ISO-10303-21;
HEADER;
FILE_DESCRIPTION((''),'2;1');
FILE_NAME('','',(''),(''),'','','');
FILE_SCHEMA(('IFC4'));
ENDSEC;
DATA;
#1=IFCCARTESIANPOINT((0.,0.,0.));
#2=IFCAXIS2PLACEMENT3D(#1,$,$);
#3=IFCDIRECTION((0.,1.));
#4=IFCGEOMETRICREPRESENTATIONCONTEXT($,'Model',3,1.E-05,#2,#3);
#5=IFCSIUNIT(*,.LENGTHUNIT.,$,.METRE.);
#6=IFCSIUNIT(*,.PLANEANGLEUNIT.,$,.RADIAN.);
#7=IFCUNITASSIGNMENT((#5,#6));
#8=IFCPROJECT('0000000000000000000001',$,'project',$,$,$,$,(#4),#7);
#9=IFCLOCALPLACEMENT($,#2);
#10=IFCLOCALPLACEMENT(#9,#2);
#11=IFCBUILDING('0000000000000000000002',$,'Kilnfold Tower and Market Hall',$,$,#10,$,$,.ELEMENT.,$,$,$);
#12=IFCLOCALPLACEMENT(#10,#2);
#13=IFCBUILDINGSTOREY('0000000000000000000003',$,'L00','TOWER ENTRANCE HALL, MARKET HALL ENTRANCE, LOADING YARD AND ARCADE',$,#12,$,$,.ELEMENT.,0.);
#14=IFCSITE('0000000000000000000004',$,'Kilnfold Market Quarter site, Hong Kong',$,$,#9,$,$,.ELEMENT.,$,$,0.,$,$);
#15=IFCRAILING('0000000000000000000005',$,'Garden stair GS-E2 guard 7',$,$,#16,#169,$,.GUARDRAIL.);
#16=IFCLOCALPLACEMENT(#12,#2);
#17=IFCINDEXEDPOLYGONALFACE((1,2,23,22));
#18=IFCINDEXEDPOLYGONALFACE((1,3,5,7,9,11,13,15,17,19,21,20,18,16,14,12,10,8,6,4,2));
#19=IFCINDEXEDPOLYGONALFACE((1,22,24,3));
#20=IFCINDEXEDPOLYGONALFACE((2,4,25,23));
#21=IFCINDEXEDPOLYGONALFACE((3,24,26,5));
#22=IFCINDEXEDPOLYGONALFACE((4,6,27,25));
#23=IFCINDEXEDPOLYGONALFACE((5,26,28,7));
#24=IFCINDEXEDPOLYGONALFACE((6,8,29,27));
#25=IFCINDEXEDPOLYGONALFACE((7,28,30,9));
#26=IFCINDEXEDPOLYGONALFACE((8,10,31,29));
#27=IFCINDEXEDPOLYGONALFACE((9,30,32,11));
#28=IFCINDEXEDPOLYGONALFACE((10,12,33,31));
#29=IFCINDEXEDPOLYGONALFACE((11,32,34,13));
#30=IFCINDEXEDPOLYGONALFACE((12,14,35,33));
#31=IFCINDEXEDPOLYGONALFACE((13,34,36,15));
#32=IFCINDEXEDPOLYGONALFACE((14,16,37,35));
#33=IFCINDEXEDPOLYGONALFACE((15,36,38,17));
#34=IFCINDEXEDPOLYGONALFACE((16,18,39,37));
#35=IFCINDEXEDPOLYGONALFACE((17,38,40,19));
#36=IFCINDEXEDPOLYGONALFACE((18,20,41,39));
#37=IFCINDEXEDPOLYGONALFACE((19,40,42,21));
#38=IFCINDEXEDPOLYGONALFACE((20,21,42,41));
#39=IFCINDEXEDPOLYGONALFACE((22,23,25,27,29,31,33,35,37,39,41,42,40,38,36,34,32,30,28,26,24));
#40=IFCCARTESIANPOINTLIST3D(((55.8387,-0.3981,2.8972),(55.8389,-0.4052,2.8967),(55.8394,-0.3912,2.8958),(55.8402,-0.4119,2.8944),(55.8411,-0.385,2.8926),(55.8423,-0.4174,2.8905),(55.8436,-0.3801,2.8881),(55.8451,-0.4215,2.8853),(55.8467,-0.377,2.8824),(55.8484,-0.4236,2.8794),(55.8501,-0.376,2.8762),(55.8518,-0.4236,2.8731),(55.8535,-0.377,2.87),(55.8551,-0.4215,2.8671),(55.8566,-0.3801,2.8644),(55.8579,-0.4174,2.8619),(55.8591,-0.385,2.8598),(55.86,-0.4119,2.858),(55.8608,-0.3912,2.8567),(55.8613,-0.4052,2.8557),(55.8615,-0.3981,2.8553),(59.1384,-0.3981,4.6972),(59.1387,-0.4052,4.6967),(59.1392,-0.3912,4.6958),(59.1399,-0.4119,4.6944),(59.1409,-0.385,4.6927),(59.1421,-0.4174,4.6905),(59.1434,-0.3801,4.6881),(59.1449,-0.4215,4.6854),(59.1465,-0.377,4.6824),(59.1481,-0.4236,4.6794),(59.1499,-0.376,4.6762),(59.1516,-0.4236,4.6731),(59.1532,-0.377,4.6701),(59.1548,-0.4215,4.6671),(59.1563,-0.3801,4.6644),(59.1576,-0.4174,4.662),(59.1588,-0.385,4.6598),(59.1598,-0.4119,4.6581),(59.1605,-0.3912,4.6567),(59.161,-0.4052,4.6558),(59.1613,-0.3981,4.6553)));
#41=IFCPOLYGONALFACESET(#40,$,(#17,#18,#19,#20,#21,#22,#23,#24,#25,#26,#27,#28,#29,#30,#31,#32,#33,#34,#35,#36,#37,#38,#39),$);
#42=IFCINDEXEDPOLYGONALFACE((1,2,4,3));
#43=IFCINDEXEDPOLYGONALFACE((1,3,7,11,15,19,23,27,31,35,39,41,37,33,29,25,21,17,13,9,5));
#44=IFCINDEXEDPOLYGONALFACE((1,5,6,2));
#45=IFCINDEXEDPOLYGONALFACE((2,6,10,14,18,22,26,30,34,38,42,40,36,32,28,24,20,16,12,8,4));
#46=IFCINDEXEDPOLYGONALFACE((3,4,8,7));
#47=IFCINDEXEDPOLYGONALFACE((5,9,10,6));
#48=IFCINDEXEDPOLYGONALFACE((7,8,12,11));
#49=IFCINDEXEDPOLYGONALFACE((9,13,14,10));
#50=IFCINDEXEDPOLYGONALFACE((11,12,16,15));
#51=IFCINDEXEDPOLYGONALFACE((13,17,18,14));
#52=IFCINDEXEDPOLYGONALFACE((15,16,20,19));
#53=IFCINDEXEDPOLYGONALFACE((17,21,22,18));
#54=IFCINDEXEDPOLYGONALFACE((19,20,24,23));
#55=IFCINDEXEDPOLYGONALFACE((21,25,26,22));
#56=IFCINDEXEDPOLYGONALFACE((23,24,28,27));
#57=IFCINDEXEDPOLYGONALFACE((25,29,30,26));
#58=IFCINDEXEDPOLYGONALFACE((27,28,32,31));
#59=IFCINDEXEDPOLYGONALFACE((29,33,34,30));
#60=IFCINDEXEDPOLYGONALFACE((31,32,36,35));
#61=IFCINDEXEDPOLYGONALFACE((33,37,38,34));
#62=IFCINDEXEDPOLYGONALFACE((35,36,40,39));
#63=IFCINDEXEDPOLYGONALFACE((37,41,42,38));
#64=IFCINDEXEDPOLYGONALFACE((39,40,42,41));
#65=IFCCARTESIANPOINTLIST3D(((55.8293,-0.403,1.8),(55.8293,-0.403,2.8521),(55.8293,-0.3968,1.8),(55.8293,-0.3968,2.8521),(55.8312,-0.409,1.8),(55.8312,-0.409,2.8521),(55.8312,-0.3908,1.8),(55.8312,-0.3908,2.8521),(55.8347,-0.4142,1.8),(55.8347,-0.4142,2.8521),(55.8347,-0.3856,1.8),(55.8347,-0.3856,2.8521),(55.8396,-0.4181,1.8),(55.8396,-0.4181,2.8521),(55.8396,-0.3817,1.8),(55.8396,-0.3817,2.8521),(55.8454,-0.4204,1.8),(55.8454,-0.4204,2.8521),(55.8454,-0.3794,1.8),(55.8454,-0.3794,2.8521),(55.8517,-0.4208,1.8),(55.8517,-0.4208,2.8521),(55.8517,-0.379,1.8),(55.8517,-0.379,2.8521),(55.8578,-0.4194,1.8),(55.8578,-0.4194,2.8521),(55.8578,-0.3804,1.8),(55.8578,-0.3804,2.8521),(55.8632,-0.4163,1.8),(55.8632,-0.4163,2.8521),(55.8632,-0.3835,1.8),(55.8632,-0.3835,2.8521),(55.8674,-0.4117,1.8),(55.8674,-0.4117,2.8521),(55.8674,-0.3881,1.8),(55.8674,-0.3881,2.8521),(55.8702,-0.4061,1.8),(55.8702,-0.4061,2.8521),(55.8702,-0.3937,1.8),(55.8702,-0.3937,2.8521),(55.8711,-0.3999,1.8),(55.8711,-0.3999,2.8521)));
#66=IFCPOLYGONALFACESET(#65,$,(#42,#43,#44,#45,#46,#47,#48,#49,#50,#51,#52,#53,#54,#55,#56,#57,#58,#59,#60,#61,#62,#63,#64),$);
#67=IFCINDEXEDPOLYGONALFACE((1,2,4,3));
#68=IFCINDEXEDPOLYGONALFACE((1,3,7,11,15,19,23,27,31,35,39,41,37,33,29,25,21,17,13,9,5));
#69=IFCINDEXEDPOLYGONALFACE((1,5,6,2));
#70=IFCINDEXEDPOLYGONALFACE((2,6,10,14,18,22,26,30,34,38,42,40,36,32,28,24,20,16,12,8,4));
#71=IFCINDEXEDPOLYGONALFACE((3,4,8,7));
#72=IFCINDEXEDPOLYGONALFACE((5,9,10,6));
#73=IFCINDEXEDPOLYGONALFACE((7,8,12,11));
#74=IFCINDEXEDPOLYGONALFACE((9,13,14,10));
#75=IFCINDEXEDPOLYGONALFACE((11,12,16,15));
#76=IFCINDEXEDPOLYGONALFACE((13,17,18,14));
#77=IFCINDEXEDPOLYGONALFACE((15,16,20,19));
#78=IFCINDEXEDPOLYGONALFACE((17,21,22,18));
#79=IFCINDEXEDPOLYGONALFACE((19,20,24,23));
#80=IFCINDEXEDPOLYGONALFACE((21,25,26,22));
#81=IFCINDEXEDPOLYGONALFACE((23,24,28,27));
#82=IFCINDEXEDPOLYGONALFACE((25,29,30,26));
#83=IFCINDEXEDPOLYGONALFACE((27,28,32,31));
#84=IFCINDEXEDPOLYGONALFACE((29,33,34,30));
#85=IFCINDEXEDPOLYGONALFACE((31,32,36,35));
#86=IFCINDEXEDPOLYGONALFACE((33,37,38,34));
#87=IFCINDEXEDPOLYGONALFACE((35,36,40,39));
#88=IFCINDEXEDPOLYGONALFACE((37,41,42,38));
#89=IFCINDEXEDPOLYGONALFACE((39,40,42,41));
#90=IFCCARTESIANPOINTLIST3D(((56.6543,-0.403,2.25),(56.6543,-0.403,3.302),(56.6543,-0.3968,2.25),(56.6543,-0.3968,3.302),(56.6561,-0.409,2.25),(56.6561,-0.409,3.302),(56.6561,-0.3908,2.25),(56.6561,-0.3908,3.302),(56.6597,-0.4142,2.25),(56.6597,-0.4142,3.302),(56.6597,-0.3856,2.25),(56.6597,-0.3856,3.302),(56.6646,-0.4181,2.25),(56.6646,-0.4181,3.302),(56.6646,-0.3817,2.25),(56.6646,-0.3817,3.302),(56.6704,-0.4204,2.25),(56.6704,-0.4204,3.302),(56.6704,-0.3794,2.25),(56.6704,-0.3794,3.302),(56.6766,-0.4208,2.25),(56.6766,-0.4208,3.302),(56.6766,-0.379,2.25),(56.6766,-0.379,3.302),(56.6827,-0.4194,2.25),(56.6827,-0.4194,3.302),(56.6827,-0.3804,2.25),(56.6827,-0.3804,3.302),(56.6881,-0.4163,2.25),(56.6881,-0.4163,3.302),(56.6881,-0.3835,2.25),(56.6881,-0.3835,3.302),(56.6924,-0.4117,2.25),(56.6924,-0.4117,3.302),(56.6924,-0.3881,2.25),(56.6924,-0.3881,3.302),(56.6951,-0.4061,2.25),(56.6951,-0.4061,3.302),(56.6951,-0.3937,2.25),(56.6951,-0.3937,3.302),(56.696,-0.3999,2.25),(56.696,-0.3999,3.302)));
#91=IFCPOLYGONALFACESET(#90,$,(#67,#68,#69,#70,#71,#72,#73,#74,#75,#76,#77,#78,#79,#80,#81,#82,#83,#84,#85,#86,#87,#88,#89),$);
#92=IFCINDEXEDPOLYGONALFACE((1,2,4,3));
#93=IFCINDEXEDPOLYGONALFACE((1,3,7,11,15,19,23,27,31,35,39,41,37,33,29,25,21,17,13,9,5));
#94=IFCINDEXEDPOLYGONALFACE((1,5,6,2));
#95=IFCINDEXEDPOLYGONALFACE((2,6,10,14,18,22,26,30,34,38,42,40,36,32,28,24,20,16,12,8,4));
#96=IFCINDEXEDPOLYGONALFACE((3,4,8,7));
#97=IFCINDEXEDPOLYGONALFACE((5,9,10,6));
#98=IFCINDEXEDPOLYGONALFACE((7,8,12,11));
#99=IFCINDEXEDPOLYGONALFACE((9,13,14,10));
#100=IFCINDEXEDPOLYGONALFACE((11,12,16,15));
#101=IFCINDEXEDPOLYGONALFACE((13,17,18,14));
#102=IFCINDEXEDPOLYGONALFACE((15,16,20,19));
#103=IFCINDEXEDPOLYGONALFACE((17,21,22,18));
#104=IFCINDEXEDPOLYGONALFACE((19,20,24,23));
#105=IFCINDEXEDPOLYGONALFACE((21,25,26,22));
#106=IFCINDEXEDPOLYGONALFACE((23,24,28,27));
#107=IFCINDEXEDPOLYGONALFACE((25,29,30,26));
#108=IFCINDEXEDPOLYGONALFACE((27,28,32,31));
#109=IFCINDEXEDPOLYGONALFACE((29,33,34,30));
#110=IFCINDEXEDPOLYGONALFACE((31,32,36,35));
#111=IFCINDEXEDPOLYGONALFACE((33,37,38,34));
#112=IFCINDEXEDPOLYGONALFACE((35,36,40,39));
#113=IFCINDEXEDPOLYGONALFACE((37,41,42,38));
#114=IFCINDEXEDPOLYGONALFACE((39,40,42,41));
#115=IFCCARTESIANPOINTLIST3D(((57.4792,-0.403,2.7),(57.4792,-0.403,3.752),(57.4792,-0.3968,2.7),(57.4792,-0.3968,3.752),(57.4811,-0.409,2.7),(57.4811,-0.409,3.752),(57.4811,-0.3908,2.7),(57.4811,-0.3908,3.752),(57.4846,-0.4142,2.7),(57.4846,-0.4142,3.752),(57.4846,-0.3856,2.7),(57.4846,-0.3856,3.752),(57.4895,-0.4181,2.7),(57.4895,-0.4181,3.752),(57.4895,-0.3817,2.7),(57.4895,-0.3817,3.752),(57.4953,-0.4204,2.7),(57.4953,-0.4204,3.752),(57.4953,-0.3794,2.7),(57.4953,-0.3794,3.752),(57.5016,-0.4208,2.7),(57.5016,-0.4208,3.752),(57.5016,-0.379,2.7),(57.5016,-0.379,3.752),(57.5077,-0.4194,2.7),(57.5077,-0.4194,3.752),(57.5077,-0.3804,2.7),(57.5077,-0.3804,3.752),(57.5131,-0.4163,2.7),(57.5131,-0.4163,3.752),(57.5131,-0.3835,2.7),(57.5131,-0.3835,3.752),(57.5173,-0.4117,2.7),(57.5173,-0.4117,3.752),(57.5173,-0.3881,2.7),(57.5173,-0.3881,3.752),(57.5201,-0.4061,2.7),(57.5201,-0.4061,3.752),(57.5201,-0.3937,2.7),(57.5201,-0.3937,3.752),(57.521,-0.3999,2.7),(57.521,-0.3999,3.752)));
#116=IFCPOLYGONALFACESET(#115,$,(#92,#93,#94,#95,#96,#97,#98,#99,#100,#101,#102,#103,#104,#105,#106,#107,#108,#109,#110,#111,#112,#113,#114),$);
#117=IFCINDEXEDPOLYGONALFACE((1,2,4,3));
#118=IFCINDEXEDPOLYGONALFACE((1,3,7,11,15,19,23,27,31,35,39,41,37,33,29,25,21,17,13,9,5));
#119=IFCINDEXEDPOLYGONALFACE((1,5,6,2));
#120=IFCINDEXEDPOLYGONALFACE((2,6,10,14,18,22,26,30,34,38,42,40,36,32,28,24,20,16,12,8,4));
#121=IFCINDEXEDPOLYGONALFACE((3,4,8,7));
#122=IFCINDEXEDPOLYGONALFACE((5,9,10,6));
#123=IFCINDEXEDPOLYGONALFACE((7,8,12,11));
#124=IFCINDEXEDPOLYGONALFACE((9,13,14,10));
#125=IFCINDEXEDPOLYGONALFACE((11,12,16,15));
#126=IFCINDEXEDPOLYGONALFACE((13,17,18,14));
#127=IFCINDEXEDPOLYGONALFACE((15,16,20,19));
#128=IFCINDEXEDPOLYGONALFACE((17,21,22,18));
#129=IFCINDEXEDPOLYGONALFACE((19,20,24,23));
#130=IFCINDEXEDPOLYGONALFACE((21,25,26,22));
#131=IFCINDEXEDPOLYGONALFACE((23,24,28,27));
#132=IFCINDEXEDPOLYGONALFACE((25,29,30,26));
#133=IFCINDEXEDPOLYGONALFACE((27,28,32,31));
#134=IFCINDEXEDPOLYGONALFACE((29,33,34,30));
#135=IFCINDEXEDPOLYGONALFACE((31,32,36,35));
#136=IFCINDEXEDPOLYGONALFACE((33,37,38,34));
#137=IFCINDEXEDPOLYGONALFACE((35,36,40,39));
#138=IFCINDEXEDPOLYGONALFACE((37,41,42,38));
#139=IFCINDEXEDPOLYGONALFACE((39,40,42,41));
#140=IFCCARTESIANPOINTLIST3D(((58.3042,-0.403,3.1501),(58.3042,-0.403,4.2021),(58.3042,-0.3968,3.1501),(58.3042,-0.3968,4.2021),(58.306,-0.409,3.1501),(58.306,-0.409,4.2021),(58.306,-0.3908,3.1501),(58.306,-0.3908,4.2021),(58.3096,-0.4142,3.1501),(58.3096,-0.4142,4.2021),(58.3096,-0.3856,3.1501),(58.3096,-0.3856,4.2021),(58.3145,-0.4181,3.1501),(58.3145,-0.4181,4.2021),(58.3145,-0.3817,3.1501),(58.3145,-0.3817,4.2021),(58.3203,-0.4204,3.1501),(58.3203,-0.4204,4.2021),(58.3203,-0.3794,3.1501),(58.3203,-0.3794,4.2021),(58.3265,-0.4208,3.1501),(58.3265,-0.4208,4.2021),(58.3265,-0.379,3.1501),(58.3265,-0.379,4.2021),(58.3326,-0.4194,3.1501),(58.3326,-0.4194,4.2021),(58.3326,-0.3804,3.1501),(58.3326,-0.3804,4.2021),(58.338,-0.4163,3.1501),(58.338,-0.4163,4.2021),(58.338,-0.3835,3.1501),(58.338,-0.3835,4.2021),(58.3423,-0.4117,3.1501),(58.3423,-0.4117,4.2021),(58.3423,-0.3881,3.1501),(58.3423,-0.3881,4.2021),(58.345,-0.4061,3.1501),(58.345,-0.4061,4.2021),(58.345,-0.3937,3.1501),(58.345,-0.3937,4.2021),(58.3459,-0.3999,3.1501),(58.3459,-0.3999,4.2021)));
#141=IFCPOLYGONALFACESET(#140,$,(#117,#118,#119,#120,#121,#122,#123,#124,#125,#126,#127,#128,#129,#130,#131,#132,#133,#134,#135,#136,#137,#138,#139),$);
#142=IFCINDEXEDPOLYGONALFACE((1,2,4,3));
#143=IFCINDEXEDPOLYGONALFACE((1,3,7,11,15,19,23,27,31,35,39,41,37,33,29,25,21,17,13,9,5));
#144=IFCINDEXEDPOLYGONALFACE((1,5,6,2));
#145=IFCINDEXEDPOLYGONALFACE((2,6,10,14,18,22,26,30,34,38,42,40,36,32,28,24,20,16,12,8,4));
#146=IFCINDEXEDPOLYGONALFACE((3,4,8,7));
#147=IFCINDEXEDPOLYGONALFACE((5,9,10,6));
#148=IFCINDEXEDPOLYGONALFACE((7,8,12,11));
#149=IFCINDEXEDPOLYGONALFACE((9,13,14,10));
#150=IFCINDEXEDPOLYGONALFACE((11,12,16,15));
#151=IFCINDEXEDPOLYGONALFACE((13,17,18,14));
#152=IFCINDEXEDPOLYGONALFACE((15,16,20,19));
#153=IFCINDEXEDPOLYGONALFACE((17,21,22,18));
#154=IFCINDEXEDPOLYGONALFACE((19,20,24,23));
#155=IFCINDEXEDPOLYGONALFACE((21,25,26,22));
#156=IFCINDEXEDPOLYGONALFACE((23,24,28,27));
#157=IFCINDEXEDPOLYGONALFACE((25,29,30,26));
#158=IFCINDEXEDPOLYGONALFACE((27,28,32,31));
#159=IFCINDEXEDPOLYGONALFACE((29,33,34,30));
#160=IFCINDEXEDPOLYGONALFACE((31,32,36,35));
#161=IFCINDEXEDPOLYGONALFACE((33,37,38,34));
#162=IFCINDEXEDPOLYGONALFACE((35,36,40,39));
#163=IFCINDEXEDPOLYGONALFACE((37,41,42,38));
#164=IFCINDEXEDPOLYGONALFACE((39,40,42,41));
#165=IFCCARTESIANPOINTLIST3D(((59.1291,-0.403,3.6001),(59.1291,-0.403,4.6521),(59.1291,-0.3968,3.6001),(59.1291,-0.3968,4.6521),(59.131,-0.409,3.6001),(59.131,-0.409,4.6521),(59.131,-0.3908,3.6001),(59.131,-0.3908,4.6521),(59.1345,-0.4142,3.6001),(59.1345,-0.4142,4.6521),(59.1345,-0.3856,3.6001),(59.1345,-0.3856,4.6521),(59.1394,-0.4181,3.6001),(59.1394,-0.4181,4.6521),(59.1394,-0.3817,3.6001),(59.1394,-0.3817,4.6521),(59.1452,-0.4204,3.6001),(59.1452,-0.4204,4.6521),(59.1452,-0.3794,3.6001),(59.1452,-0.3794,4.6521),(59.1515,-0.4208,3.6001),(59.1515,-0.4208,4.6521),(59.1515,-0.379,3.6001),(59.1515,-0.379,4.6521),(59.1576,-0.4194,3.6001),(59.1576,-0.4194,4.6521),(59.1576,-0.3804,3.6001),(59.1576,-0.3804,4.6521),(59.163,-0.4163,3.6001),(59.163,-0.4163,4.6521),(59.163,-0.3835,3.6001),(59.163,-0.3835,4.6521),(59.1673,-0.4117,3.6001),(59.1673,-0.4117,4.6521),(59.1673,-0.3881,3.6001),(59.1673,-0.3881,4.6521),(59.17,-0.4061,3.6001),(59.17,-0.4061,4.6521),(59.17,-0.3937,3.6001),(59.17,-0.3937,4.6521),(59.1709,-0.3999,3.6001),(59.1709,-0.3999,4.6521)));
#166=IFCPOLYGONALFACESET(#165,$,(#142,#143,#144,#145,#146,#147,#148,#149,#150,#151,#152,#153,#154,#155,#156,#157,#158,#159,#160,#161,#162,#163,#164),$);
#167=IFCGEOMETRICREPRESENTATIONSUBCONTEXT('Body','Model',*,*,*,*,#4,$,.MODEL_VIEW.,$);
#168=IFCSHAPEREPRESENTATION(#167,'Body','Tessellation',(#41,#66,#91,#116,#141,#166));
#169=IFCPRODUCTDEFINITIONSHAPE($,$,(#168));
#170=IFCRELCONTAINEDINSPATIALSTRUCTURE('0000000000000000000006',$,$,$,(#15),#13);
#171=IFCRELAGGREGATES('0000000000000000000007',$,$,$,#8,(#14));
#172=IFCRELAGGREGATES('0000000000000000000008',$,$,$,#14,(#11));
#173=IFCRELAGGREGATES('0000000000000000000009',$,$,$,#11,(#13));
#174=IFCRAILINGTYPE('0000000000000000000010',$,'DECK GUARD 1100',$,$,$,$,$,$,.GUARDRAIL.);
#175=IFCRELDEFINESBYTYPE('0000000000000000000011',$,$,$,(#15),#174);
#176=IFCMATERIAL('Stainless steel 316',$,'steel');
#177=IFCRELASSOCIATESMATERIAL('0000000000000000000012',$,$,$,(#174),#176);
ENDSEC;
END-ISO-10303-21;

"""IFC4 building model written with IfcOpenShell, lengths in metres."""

from ifc_helpers import new_model, si_unit, direction, frame, origin, origin_2d, place, context, subcontext, project, spatial, circle, extrude, material, type_object, element, save


model = new_model("IFC4")

# Units and contexts
model_context = context("Model", 3, precision=1e-05, world=origin(), true_north=direction((0.0, 1.0)))
body_context = subcontext(model_context, "Body", "Model", "MODEL_VIEW")
ifc_project = project(units=[si_unit("LENGTHUNIT", "METRE"), si_unit("PLANEANGLEUNIT", "RADIAN")], contexts=[model_context])

# Site, building, storey
site_placement = place(None, origin())
site = spatial("IfcSite", under=ifc_project, at=site_placement, Name="Kilnfold Market Quarter site, Hong Kong", CompositionType="ELEMENT", RefElevation=0.0)
building_placement = place(site_placement, origin())
building = spatial("IfcBuilding", under=site, at=building_placement, Name="Kilnfold Tower and Market Hall", CompositionType="ELEMENT")
storey_placement = place(building_placement, origin())
storey = spatial("IfcBuildingStorey", under=building, at=storey_placement, Name="L00", Description="TOWER ENTRANCE HALL, MARKET HALL ENTRANCE, LOADING YARD AND ARCADE", CompositionType="ELEMENT", Elevation=0.0)

# Railing
ifc_material_1 = material(Name="Stainless steel 316", Category="steel")
railing_type_1 = type_object("IfcRailingType", Name="DECK GUARD 1100", PredefinedType="GUARDRAIL", material=ifc_material_1)
railing_1_placement = place(storey_placement, frame((55.8501, -0.3999, 1.8)))
element("IfcRailing", 1, at=railing_1_placement, inside=storey, type_object=railing_type_1, Name="Garden stair GS-E2 guard 7", PredefinedType="GUARDRAIL", context=body_context, shape_type="SweptSolid", body=[
    extrude(circle(Radius=0.0239, at=origin_2d()), frame((0.0, 0.0, 1.0762), z_axis=(0.877878, 0.0, 0.478884), x_axis=(0.0, 1.0, 0.0)), (0.0, 0.0, 1.0), 3.7588),
    extrude(circle(Radius=0.021, at=origin_2d()), origin(), (0.0, 0.0, 1.0), 1.052),
    extrude(circle(Radius=0.021, at=origin_2d()), frame((0.825, 0.0, 0.45)), (0.0, 0.0, 1.0), 1.052),
    extrude(circle(Radius=0.021, at=origin_2d()), frame((1.6499, 0.0, 0.8999)), (0.0, 0.0, 1.0), 1.052),
    extrude(circle(Radius=0.021, at=origin_2d()), frame((2.4749, 0.0, 1.3501)), (0.0, 0.0, 1.0), 1.052),
    extrude(circle(Radius=0.021, at=origin_2d()), frame((3.2998, 0.0, 1.8)), (0.0, 0.0, 1.0), 1.052),
])

save(model, "model.ifc")
